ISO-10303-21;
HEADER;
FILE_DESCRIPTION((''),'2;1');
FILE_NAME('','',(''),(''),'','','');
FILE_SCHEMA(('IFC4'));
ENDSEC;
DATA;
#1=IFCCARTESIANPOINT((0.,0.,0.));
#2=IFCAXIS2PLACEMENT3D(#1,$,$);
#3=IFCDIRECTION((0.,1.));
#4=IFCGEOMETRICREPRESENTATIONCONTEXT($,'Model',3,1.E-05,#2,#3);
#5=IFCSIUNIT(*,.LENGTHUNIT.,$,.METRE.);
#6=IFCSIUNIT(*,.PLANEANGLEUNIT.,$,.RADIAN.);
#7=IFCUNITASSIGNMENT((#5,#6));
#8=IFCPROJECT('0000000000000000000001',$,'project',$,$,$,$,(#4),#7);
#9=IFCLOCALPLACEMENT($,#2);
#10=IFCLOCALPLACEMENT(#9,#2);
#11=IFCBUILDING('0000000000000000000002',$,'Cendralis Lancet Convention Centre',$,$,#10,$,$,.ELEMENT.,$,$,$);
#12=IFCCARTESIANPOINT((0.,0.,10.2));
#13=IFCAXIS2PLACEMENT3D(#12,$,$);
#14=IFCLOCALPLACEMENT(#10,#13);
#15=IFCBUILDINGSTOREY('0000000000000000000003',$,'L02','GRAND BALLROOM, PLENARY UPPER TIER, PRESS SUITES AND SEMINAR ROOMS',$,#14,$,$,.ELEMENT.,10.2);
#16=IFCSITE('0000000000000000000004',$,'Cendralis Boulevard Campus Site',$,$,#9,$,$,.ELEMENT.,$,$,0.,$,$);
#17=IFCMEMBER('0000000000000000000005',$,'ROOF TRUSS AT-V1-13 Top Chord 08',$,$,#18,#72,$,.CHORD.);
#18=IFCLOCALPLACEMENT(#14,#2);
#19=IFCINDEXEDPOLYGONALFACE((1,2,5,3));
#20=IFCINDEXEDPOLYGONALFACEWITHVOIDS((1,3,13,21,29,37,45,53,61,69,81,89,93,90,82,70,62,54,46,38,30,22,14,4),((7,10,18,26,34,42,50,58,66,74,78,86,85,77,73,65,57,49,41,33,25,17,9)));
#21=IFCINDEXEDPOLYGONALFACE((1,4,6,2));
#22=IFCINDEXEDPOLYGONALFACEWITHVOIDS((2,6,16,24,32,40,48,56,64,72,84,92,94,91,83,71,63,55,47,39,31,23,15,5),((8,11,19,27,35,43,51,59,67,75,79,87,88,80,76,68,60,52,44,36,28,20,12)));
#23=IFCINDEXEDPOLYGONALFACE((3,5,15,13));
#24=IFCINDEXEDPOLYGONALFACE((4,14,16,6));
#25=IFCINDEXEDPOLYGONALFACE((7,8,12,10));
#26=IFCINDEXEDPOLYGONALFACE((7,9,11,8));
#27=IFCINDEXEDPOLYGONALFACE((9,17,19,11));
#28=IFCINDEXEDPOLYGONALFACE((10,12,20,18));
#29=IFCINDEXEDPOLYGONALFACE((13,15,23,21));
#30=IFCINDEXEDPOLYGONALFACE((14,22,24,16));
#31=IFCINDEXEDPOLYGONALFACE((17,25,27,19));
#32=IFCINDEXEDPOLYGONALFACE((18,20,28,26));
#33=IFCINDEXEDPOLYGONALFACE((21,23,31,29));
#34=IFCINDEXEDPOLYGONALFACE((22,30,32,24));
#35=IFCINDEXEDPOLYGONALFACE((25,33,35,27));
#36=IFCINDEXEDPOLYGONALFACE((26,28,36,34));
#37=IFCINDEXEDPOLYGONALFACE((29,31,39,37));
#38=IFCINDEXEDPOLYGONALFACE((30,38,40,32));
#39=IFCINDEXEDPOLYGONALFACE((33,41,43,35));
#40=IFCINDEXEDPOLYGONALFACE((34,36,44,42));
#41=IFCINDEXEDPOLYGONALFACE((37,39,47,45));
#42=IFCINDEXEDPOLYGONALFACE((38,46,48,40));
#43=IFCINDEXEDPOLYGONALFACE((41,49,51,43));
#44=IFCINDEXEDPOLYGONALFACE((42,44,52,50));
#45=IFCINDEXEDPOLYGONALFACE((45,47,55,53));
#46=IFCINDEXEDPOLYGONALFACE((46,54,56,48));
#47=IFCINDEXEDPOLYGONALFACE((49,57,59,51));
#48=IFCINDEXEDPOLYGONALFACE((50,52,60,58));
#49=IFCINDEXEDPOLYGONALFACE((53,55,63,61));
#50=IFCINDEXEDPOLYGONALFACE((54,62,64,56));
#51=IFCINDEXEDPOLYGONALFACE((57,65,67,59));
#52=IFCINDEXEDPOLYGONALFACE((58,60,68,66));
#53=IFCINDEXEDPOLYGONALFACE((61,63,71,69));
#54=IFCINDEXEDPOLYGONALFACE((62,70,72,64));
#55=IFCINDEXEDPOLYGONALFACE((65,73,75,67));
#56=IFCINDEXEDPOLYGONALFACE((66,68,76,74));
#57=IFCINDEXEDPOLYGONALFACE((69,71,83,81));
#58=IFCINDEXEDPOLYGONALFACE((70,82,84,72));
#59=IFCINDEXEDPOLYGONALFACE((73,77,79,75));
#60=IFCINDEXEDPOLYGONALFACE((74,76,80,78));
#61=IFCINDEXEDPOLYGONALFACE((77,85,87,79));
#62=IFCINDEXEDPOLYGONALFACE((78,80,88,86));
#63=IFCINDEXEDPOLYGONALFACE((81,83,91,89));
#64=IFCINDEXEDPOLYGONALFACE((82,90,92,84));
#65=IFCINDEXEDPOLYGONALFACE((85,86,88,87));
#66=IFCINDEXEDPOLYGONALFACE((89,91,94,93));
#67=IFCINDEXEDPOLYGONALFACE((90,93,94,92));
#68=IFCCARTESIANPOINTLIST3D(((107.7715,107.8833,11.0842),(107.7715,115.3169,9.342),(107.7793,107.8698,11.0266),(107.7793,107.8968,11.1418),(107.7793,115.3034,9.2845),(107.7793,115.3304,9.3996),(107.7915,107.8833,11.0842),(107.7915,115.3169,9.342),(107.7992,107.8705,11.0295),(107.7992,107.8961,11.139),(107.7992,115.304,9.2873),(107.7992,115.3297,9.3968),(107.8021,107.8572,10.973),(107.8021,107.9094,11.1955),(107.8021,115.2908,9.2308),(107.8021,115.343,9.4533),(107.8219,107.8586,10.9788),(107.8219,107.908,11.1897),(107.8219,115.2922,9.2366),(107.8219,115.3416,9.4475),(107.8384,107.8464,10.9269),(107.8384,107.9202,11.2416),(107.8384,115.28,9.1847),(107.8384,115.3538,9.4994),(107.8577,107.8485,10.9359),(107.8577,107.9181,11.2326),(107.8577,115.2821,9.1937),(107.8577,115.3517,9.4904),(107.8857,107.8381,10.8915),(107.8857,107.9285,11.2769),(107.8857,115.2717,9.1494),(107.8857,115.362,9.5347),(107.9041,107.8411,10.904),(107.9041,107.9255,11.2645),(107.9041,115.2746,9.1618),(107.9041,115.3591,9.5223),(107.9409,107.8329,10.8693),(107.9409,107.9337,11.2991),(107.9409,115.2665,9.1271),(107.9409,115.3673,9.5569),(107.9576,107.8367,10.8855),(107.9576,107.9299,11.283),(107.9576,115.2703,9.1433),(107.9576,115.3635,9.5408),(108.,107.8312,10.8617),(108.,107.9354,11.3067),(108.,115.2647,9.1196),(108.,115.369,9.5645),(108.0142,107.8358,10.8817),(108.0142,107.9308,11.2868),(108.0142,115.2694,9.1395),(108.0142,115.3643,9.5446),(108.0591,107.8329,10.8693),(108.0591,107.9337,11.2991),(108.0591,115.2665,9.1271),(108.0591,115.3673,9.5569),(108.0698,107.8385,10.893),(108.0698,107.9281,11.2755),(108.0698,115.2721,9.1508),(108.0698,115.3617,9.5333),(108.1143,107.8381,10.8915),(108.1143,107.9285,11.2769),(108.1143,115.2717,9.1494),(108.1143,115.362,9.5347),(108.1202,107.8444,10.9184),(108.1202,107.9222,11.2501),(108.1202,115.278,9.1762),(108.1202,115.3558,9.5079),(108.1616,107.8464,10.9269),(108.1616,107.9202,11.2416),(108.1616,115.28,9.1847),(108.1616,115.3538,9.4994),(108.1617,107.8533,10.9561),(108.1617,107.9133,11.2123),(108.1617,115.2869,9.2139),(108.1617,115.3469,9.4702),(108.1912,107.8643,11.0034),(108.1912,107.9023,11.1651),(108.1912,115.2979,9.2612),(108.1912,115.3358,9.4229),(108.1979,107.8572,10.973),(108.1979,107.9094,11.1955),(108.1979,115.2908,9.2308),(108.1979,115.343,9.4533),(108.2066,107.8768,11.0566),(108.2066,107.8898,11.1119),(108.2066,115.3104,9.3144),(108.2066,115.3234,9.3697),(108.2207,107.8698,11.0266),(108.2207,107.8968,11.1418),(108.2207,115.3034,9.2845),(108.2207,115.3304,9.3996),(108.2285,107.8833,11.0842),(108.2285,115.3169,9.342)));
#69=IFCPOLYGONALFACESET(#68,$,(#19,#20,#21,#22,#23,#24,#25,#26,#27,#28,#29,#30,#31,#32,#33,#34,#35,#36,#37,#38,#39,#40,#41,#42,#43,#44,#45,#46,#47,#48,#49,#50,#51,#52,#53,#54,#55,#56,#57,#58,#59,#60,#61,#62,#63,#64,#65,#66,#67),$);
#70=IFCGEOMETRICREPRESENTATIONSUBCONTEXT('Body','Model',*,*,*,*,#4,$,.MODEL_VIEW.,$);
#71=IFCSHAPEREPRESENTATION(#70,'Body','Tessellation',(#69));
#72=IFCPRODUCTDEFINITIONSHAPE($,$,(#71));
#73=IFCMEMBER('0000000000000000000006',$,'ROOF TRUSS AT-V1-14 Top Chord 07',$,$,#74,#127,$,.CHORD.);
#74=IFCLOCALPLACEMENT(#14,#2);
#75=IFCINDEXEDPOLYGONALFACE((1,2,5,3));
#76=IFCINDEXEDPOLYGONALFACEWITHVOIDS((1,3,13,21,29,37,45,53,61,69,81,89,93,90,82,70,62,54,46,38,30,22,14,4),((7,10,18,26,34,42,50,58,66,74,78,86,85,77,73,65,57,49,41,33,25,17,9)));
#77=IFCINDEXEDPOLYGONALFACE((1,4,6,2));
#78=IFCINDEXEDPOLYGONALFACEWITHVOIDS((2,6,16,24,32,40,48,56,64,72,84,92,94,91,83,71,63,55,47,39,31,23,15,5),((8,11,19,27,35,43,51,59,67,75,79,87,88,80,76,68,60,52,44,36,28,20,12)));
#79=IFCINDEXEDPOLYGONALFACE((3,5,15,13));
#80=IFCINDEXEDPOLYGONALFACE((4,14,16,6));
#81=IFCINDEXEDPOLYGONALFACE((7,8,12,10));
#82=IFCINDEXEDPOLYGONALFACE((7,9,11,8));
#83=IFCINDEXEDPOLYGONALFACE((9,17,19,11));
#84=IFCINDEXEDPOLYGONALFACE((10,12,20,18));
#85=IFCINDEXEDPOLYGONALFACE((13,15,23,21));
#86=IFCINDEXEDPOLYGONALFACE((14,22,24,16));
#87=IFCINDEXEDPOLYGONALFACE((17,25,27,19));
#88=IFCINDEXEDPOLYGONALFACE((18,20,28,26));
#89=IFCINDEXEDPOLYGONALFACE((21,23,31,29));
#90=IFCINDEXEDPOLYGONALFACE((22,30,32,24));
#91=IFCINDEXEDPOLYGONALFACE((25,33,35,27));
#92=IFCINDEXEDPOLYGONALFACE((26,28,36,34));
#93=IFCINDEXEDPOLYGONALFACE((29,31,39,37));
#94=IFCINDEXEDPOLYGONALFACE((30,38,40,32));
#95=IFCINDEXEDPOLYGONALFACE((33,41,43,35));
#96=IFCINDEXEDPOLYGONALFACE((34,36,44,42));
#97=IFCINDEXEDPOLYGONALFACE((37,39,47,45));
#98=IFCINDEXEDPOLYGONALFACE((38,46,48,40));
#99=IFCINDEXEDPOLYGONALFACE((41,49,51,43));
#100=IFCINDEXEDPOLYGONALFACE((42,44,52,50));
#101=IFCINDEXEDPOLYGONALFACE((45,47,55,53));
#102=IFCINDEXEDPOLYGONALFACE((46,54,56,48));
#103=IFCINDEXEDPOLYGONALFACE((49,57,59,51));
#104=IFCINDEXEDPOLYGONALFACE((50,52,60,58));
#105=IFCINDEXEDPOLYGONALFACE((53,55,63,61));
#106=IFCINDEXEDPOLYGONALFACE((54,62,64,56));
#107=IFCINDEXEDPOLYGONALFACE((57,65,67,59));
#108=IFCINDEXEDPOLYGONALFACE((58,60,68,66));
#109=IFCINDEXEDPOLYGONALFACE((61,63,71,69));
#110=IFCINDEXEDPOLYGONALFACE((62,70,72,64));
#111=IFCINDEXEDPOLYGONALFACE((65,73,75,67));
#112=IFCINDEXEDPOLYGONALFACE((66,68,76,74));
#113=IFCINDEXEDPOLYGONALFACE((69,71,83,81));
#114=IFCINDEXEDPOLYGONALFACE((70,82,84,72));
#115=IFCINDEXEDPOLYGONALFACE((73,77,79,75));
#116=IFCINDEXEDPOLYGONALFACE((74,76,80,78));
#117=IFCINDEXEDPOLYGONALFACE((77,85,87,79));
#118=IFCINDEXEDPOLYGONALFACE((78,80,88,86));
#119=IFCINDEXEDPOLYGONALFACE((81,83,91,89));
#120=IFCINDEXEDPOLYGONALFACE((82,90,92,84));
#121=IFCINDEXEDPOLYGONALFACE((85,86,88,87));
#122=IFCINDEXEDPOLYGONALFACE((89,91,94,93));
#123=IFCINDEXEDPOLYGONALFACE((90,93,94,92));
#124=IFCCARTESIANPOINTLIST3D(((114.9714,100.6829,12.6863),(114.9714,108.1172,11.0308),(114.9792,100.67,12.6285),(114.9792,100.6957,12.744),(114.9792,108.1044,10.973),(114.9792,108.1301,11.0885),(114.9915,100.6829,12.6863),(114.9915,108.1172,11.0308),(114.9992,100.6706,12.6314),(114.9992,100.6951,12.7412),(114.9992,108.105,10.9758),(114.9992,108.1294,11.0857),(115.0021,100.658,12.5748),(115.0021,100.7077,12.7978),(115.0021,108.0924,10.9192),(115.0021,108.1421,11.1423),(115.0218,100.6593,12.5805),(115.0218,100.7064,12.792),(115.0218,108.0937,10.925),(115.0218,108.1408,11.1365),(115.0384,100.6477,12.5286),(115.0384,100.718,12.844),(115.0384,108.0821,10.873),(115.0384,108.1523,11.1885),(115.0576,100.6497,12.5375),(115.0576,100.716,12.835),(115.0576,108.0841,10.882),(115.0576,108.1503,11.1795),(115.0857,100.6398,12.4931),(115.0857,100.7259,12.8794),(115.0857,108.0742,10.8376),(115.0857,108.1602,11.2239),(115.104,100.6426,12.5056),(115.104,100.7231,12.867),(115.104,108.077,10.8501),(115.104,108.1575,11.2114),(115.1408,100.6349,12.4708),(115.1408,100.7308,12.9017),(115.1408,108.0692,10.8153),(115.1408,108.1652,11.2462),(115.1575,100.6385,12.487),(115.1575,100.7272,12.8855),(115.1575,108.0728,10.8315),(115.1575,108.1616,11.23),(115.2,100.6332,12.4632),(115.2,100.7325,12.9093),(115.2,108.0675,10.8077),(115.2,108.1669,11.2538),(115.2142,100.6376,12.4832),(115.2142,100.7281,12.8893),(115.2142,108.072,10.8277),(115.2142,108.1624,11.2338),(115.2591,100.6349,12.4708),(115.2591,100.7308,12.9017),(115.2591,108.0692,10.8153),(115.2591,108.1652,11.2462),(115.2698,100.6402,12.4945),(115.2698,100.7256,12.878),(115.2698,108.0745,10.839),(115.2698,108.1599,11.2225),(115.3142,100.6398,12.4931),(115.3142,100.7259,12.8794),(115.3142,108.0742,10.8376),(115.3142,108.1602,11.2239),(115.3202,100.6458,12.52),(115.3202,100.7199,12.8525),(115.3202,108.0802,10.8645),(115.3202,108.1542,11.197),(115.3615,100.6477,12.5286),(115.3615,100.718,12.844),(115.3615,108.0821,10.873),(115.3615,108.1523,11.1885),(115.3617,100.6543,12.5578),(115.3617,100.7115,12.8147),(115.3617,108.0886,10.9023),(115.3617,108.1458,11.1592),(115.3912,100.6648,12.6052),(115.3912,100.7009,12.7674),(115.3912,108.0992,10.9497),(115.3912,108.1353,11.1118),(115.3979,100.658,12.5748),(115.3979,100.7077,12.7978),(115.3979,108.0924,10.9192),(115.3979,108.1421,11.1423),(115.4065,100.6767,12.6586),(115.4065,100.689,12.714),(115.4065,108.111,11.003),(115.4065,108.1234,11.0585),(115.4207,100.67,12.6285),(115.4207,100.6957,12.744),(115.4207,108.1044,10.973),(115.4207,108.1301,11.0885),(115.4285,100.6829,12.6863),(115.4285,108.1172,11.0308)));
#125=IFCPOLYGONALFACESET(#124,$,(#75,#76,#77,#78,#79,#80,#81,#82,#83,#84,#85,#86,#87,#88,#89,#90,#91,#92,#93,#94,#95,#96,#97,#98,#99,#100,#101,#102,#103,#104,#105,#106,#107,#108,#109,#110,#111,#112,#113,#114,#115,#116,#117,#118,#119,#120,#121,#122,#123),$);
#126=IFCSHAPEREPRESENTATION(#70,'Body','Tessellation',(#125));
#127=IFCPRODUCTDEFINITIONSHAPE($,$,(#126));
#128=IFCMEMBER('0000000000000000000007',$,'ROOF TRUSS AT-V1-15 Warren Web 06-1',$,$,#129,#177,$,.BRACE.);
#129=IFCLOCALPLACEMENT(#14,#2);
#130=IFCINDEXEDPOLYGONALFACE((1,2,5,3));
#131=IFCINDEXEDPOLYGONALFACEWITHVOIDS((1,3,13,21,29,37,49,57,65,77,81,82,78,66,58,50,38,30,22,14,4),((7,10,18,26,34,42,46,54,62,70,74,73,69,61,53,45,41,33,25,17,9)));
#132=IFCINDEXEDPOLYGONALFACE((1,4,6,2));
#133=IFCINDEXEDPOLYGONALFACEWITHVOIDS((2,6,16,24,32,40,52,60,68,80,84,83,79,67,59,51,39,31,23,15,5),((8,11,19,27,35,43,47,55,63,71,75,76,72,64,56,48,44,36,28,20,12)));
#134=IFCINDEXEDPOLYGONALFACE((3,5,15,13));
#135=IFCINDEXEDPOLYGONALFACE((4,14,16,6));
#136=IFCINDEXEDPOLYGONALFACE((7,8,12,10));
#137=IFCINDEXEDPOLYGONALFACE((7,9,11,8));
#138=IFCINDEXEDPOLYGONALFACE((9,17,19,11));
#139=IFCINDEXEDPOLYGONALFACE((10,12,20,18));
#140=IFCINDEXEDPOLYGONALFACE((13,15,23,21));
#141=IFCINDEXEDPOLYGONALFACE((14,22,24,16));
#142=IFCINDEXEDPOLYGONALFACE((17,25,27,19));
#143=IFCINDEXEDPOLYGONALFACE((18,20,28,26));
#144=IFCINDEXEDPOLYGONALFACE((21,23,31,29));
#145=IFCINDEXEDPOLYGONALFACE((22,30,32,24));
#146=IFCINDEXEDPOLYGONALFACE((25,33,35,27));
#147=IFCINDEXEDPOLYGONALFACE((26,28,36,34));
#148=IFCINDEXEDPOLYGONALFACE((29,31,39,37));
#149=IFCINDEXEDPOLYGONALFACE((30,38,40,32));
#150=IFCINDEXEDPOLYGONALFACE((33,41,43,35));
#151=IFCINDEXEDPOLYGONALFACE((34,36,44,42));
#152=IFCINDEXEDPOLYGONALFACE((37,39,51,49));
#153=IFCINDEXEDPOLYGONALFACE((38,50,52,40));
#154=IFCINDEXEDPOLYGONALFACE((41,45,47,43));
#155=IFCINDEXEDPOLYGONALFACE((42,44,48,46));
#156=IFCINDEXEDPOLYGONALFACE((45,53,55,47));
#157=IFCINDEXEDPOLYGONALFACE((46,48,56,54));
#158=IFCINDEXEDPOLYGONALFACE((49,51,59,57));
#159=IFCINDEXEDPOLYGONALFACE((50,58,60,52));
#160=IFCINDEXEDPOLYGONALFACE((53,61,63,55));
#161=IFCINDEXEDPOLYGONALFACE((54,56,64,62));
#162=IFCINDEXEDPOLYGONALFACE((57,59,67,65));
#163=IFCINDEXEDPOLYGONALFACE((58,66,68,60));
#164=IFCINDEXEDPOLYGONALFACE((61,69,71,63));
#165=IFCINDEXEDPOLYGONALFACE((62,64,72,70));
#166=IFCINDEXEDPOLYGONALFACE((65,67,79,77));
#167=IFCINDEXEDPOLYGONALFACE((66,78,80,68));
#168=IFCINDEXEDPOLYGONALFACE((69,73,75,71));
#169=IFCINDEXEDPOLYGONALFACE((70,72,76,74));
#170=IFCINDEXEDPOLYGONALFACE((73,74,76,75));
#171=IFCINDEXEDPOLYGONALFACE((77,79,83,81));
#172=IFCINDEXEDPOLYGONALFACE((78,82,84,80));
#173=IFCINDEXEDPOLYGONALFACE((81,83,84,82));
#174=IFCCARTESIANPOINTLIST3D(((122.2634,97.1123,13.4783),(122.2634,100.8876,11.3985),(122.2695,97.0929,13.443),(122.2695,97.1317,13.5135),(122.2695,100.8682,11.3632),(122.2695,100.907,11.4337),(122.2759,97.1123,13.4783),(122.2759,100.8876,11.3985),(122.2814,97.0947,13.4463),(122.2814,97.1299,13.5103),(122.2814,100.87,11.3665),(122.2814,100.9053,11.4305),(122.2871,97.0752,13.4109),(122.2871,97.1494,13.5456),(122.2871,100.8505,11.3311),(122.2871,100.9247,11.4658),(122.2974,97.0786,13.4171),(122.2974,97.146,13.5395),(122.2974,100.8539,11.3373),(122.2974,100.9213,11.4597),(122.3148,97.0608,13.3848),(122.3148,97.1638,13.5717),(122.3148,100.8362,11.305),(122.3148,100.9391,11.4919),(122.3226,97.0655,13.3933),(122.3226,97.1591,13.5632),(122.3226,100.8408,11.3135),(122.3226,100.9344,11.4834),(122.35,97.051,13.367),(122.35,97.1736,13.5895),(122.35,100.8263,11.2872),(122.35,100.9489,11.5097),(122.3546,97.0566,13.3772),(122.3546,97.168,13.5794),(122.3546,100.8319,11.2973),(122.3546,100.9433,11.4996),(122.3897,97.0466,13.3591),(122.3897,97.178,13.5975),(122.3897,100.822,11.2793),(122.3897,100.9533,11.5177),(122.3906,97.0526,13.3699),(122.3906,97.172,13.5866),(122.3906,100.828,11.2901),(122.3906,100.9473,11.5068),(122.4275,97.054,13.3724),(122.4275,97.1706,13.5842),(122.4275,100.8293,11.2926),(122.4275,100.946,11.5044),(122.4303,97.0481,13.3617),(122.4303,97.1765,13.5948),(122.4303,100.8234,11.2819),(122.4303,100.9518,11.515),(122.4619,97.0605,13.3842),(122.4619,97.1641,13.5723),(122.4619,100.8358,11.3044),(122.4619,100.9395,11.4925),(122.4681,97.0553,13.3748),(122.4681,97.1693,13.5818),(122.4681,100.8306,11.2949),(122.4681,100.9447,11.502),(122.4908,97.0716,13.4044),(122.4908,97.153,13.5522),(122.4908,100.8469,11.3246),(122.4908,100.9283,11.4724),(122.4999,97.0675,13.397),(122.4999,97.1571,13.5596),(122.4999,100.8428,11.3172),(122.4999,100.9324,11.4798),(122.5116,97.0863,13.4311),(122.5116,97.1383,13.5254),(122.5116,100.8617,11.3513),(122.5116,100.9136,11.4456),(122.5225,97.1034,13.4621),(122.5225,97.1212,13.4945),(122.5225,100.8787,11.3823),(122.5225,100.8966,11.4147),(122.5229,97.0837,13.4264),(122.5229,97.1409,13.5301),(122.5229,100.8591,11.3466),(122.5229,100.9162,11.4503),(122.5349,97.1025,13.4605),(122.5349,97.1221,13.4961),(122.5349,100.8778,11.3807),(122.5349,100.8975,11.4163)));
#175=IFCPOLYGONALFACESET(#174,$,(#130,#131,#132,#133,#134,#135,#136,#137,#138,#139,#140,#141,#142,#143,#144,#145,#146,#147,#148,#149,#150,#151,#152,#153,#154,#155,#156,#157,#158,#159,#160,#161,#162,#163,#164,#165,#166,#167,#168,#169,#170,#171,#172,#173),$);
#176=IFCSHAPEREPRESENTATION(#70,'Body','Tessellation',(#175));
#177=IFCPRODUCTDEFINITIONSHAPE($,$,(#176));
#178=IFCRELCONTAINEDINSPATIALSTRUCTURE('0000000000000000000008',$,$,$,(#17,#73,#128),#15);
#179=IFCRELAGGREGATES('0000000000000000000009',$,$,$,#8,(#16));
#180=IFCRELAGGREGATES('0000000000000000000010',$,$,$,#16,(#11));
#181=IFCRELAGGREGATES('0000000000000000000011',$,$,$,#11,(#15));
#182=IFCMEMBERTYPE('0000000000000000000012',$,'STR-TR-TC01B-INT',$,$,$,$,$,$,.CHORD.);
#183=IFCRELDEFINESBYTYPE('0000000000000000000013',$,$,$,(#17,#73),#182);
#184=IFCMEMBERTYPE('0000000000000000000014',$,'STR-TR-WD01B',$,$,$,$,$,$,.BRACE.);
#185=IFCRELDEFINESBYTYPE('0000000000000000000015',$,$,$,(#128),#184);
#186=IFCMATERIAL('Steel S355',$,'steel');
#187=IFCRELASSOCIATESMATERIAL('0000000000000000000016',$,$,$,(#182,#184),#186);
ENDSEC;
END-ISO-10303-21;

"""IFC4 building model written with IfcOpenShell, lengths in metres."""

from ifc_helpers import new_model, si_unit, direction, frame, origin, origin_2d, place, context, subcontext, project, spatial, hollow_circle, extrude, material, material_profile, profile_set, type_object, element, save


model = new_model("IFC4")

# Units and contexts
model_context = context("Model", 3, precision=1e-05, world=origin(), true_north=direction((0.0, 1.0)))
body_context = subcontext(model_context, "Body", "Model", "MODEL_VIEW")
ifc_project = project(units=[si_unit("LENGTHUNIT", "METRE"), si_unit("PLANEANGLEUNIT", "RADIAN")], contexts=[model_context])

# Site, building, storey
site_placement = place(None, origin())
site = spatial("IfcSite", under=ifc_project, at=site_placement, Name="Cendralis Boulevard Campus Site", CompositionType="ELEMENT", RefElevation=0.0)
building_placement = place(site_placement, origin())
building = spatial("IfcBuilding", under=site, at=building_placement, Name="Cendralis Lancet Convention Centre", CompositionType="ELEMENT")
storey_placement = place(building_placement, frame((0.0, 0.0, 10.2)))
storey = spatial("IfcBuildingStorey", under=building, at=storey_placement, Name="L02", Description="GRAND BALLROOM, PLENARY UPPER TIER, PRESS SUITES AND SEMINAR ROOMS", CompositionType="ELEMENT", Elevation=10.2)

# Shared definitions
ifc_material_1 = material(Name="Steel S355", Category="steel")

# Members
ifc_material_profile_1 = material_profile(ifc_material_1, hollow_circle(Radius=0.2285, WallThickness=0.02, at=origin_2d()), Name="CHS 457.0x20.0")
ifc_profile_set_1 = profile_set([ifc_material_profile_1], Name="Steel S355")
member_type_1 = type_object("IfcMemberType", Name="STR-TR-TC01B-INT", PredefinedType="CHORD", material=ifc_profile_set_1)
member_1_placement = place(storey_placement, frame((108.0, 107.8833, 11.0842), z_axis=(0.0, 0.973618, -0.228184), x_axis=(-1.0, 0.0, 0.0)))
element("IfcMember", 1, at=member_1_placement, inside=storey, type_object=member_type_1, Name="ROOF TRUSS AT-V1-13 Top Chord 08", PredefinedType="CHORD", context=body_context, shape_type="SweptSolid", body=[
    extrude(hollow_circle(Radius=0.2285, WallThickness=0.02, at=origin_2d()), origin(), (0.0, 0.0, 1.0), 7.635),
])
member_2_placement = place(storey_placement, frame((115.2, 100.6829, 12.6863), z_axis=(0.0, 0.976091, -0.217361), x_axis=(-1.0, 0.0, 0.0)))
element("IfcMember", 2, at=member_2_placement, inside=storey, type_object=member_type_1, Name="ROOF TRUSS AT-V1-14 Top Chord 07", PredefinedType="CHORD", context=body_context, shape_type="SweptSolid", body=[
    extrude(hollow_circle(Radius=0.2285, WallThickness=0.02, at=origin_2d()), origin(), (0.0, 0.0, 1.0), 7.6165),
])
ifc_material_profile_2 = material_profile(ifc_material_1, hollow_circle(Radius=0.1365, WallThickness=0.0125, at=origin_2d()), Name="CHS 273.0x12.5")
ifc_profile_set_2 = profile_set([ifc_material_profile_2], Name="Steel S355")
member_type_2 = type_object("IfcMemberType", Name="STR-TR-WD01B", PredefinedType="BRACE", material=ifc_profile_set_2)
member_3_placement = place(storey_placement, frame((122.3999, 97.1123, 13.4783), z_axis=(0.0, 0.875886, -0.482519), x_axis=(-1.0, 0.0, 0.0)))
element("IfcMember", 3, at=member_3_placement, inside=storey, type_object=member_type_2, Name="ROOF TRUSS AT-V1-15 Warren Web 06-1", PredefinedType="BRACE", context=body_context, shape_type="SweptSolid", body=[
    extrude(hollow_circle(Radius=0.1365, WallThickness=0.0125, at=origin_2d()), origin(), (0.0, 0.0, 1.0), 4.3103),
])

save(model, "model.ifc")
